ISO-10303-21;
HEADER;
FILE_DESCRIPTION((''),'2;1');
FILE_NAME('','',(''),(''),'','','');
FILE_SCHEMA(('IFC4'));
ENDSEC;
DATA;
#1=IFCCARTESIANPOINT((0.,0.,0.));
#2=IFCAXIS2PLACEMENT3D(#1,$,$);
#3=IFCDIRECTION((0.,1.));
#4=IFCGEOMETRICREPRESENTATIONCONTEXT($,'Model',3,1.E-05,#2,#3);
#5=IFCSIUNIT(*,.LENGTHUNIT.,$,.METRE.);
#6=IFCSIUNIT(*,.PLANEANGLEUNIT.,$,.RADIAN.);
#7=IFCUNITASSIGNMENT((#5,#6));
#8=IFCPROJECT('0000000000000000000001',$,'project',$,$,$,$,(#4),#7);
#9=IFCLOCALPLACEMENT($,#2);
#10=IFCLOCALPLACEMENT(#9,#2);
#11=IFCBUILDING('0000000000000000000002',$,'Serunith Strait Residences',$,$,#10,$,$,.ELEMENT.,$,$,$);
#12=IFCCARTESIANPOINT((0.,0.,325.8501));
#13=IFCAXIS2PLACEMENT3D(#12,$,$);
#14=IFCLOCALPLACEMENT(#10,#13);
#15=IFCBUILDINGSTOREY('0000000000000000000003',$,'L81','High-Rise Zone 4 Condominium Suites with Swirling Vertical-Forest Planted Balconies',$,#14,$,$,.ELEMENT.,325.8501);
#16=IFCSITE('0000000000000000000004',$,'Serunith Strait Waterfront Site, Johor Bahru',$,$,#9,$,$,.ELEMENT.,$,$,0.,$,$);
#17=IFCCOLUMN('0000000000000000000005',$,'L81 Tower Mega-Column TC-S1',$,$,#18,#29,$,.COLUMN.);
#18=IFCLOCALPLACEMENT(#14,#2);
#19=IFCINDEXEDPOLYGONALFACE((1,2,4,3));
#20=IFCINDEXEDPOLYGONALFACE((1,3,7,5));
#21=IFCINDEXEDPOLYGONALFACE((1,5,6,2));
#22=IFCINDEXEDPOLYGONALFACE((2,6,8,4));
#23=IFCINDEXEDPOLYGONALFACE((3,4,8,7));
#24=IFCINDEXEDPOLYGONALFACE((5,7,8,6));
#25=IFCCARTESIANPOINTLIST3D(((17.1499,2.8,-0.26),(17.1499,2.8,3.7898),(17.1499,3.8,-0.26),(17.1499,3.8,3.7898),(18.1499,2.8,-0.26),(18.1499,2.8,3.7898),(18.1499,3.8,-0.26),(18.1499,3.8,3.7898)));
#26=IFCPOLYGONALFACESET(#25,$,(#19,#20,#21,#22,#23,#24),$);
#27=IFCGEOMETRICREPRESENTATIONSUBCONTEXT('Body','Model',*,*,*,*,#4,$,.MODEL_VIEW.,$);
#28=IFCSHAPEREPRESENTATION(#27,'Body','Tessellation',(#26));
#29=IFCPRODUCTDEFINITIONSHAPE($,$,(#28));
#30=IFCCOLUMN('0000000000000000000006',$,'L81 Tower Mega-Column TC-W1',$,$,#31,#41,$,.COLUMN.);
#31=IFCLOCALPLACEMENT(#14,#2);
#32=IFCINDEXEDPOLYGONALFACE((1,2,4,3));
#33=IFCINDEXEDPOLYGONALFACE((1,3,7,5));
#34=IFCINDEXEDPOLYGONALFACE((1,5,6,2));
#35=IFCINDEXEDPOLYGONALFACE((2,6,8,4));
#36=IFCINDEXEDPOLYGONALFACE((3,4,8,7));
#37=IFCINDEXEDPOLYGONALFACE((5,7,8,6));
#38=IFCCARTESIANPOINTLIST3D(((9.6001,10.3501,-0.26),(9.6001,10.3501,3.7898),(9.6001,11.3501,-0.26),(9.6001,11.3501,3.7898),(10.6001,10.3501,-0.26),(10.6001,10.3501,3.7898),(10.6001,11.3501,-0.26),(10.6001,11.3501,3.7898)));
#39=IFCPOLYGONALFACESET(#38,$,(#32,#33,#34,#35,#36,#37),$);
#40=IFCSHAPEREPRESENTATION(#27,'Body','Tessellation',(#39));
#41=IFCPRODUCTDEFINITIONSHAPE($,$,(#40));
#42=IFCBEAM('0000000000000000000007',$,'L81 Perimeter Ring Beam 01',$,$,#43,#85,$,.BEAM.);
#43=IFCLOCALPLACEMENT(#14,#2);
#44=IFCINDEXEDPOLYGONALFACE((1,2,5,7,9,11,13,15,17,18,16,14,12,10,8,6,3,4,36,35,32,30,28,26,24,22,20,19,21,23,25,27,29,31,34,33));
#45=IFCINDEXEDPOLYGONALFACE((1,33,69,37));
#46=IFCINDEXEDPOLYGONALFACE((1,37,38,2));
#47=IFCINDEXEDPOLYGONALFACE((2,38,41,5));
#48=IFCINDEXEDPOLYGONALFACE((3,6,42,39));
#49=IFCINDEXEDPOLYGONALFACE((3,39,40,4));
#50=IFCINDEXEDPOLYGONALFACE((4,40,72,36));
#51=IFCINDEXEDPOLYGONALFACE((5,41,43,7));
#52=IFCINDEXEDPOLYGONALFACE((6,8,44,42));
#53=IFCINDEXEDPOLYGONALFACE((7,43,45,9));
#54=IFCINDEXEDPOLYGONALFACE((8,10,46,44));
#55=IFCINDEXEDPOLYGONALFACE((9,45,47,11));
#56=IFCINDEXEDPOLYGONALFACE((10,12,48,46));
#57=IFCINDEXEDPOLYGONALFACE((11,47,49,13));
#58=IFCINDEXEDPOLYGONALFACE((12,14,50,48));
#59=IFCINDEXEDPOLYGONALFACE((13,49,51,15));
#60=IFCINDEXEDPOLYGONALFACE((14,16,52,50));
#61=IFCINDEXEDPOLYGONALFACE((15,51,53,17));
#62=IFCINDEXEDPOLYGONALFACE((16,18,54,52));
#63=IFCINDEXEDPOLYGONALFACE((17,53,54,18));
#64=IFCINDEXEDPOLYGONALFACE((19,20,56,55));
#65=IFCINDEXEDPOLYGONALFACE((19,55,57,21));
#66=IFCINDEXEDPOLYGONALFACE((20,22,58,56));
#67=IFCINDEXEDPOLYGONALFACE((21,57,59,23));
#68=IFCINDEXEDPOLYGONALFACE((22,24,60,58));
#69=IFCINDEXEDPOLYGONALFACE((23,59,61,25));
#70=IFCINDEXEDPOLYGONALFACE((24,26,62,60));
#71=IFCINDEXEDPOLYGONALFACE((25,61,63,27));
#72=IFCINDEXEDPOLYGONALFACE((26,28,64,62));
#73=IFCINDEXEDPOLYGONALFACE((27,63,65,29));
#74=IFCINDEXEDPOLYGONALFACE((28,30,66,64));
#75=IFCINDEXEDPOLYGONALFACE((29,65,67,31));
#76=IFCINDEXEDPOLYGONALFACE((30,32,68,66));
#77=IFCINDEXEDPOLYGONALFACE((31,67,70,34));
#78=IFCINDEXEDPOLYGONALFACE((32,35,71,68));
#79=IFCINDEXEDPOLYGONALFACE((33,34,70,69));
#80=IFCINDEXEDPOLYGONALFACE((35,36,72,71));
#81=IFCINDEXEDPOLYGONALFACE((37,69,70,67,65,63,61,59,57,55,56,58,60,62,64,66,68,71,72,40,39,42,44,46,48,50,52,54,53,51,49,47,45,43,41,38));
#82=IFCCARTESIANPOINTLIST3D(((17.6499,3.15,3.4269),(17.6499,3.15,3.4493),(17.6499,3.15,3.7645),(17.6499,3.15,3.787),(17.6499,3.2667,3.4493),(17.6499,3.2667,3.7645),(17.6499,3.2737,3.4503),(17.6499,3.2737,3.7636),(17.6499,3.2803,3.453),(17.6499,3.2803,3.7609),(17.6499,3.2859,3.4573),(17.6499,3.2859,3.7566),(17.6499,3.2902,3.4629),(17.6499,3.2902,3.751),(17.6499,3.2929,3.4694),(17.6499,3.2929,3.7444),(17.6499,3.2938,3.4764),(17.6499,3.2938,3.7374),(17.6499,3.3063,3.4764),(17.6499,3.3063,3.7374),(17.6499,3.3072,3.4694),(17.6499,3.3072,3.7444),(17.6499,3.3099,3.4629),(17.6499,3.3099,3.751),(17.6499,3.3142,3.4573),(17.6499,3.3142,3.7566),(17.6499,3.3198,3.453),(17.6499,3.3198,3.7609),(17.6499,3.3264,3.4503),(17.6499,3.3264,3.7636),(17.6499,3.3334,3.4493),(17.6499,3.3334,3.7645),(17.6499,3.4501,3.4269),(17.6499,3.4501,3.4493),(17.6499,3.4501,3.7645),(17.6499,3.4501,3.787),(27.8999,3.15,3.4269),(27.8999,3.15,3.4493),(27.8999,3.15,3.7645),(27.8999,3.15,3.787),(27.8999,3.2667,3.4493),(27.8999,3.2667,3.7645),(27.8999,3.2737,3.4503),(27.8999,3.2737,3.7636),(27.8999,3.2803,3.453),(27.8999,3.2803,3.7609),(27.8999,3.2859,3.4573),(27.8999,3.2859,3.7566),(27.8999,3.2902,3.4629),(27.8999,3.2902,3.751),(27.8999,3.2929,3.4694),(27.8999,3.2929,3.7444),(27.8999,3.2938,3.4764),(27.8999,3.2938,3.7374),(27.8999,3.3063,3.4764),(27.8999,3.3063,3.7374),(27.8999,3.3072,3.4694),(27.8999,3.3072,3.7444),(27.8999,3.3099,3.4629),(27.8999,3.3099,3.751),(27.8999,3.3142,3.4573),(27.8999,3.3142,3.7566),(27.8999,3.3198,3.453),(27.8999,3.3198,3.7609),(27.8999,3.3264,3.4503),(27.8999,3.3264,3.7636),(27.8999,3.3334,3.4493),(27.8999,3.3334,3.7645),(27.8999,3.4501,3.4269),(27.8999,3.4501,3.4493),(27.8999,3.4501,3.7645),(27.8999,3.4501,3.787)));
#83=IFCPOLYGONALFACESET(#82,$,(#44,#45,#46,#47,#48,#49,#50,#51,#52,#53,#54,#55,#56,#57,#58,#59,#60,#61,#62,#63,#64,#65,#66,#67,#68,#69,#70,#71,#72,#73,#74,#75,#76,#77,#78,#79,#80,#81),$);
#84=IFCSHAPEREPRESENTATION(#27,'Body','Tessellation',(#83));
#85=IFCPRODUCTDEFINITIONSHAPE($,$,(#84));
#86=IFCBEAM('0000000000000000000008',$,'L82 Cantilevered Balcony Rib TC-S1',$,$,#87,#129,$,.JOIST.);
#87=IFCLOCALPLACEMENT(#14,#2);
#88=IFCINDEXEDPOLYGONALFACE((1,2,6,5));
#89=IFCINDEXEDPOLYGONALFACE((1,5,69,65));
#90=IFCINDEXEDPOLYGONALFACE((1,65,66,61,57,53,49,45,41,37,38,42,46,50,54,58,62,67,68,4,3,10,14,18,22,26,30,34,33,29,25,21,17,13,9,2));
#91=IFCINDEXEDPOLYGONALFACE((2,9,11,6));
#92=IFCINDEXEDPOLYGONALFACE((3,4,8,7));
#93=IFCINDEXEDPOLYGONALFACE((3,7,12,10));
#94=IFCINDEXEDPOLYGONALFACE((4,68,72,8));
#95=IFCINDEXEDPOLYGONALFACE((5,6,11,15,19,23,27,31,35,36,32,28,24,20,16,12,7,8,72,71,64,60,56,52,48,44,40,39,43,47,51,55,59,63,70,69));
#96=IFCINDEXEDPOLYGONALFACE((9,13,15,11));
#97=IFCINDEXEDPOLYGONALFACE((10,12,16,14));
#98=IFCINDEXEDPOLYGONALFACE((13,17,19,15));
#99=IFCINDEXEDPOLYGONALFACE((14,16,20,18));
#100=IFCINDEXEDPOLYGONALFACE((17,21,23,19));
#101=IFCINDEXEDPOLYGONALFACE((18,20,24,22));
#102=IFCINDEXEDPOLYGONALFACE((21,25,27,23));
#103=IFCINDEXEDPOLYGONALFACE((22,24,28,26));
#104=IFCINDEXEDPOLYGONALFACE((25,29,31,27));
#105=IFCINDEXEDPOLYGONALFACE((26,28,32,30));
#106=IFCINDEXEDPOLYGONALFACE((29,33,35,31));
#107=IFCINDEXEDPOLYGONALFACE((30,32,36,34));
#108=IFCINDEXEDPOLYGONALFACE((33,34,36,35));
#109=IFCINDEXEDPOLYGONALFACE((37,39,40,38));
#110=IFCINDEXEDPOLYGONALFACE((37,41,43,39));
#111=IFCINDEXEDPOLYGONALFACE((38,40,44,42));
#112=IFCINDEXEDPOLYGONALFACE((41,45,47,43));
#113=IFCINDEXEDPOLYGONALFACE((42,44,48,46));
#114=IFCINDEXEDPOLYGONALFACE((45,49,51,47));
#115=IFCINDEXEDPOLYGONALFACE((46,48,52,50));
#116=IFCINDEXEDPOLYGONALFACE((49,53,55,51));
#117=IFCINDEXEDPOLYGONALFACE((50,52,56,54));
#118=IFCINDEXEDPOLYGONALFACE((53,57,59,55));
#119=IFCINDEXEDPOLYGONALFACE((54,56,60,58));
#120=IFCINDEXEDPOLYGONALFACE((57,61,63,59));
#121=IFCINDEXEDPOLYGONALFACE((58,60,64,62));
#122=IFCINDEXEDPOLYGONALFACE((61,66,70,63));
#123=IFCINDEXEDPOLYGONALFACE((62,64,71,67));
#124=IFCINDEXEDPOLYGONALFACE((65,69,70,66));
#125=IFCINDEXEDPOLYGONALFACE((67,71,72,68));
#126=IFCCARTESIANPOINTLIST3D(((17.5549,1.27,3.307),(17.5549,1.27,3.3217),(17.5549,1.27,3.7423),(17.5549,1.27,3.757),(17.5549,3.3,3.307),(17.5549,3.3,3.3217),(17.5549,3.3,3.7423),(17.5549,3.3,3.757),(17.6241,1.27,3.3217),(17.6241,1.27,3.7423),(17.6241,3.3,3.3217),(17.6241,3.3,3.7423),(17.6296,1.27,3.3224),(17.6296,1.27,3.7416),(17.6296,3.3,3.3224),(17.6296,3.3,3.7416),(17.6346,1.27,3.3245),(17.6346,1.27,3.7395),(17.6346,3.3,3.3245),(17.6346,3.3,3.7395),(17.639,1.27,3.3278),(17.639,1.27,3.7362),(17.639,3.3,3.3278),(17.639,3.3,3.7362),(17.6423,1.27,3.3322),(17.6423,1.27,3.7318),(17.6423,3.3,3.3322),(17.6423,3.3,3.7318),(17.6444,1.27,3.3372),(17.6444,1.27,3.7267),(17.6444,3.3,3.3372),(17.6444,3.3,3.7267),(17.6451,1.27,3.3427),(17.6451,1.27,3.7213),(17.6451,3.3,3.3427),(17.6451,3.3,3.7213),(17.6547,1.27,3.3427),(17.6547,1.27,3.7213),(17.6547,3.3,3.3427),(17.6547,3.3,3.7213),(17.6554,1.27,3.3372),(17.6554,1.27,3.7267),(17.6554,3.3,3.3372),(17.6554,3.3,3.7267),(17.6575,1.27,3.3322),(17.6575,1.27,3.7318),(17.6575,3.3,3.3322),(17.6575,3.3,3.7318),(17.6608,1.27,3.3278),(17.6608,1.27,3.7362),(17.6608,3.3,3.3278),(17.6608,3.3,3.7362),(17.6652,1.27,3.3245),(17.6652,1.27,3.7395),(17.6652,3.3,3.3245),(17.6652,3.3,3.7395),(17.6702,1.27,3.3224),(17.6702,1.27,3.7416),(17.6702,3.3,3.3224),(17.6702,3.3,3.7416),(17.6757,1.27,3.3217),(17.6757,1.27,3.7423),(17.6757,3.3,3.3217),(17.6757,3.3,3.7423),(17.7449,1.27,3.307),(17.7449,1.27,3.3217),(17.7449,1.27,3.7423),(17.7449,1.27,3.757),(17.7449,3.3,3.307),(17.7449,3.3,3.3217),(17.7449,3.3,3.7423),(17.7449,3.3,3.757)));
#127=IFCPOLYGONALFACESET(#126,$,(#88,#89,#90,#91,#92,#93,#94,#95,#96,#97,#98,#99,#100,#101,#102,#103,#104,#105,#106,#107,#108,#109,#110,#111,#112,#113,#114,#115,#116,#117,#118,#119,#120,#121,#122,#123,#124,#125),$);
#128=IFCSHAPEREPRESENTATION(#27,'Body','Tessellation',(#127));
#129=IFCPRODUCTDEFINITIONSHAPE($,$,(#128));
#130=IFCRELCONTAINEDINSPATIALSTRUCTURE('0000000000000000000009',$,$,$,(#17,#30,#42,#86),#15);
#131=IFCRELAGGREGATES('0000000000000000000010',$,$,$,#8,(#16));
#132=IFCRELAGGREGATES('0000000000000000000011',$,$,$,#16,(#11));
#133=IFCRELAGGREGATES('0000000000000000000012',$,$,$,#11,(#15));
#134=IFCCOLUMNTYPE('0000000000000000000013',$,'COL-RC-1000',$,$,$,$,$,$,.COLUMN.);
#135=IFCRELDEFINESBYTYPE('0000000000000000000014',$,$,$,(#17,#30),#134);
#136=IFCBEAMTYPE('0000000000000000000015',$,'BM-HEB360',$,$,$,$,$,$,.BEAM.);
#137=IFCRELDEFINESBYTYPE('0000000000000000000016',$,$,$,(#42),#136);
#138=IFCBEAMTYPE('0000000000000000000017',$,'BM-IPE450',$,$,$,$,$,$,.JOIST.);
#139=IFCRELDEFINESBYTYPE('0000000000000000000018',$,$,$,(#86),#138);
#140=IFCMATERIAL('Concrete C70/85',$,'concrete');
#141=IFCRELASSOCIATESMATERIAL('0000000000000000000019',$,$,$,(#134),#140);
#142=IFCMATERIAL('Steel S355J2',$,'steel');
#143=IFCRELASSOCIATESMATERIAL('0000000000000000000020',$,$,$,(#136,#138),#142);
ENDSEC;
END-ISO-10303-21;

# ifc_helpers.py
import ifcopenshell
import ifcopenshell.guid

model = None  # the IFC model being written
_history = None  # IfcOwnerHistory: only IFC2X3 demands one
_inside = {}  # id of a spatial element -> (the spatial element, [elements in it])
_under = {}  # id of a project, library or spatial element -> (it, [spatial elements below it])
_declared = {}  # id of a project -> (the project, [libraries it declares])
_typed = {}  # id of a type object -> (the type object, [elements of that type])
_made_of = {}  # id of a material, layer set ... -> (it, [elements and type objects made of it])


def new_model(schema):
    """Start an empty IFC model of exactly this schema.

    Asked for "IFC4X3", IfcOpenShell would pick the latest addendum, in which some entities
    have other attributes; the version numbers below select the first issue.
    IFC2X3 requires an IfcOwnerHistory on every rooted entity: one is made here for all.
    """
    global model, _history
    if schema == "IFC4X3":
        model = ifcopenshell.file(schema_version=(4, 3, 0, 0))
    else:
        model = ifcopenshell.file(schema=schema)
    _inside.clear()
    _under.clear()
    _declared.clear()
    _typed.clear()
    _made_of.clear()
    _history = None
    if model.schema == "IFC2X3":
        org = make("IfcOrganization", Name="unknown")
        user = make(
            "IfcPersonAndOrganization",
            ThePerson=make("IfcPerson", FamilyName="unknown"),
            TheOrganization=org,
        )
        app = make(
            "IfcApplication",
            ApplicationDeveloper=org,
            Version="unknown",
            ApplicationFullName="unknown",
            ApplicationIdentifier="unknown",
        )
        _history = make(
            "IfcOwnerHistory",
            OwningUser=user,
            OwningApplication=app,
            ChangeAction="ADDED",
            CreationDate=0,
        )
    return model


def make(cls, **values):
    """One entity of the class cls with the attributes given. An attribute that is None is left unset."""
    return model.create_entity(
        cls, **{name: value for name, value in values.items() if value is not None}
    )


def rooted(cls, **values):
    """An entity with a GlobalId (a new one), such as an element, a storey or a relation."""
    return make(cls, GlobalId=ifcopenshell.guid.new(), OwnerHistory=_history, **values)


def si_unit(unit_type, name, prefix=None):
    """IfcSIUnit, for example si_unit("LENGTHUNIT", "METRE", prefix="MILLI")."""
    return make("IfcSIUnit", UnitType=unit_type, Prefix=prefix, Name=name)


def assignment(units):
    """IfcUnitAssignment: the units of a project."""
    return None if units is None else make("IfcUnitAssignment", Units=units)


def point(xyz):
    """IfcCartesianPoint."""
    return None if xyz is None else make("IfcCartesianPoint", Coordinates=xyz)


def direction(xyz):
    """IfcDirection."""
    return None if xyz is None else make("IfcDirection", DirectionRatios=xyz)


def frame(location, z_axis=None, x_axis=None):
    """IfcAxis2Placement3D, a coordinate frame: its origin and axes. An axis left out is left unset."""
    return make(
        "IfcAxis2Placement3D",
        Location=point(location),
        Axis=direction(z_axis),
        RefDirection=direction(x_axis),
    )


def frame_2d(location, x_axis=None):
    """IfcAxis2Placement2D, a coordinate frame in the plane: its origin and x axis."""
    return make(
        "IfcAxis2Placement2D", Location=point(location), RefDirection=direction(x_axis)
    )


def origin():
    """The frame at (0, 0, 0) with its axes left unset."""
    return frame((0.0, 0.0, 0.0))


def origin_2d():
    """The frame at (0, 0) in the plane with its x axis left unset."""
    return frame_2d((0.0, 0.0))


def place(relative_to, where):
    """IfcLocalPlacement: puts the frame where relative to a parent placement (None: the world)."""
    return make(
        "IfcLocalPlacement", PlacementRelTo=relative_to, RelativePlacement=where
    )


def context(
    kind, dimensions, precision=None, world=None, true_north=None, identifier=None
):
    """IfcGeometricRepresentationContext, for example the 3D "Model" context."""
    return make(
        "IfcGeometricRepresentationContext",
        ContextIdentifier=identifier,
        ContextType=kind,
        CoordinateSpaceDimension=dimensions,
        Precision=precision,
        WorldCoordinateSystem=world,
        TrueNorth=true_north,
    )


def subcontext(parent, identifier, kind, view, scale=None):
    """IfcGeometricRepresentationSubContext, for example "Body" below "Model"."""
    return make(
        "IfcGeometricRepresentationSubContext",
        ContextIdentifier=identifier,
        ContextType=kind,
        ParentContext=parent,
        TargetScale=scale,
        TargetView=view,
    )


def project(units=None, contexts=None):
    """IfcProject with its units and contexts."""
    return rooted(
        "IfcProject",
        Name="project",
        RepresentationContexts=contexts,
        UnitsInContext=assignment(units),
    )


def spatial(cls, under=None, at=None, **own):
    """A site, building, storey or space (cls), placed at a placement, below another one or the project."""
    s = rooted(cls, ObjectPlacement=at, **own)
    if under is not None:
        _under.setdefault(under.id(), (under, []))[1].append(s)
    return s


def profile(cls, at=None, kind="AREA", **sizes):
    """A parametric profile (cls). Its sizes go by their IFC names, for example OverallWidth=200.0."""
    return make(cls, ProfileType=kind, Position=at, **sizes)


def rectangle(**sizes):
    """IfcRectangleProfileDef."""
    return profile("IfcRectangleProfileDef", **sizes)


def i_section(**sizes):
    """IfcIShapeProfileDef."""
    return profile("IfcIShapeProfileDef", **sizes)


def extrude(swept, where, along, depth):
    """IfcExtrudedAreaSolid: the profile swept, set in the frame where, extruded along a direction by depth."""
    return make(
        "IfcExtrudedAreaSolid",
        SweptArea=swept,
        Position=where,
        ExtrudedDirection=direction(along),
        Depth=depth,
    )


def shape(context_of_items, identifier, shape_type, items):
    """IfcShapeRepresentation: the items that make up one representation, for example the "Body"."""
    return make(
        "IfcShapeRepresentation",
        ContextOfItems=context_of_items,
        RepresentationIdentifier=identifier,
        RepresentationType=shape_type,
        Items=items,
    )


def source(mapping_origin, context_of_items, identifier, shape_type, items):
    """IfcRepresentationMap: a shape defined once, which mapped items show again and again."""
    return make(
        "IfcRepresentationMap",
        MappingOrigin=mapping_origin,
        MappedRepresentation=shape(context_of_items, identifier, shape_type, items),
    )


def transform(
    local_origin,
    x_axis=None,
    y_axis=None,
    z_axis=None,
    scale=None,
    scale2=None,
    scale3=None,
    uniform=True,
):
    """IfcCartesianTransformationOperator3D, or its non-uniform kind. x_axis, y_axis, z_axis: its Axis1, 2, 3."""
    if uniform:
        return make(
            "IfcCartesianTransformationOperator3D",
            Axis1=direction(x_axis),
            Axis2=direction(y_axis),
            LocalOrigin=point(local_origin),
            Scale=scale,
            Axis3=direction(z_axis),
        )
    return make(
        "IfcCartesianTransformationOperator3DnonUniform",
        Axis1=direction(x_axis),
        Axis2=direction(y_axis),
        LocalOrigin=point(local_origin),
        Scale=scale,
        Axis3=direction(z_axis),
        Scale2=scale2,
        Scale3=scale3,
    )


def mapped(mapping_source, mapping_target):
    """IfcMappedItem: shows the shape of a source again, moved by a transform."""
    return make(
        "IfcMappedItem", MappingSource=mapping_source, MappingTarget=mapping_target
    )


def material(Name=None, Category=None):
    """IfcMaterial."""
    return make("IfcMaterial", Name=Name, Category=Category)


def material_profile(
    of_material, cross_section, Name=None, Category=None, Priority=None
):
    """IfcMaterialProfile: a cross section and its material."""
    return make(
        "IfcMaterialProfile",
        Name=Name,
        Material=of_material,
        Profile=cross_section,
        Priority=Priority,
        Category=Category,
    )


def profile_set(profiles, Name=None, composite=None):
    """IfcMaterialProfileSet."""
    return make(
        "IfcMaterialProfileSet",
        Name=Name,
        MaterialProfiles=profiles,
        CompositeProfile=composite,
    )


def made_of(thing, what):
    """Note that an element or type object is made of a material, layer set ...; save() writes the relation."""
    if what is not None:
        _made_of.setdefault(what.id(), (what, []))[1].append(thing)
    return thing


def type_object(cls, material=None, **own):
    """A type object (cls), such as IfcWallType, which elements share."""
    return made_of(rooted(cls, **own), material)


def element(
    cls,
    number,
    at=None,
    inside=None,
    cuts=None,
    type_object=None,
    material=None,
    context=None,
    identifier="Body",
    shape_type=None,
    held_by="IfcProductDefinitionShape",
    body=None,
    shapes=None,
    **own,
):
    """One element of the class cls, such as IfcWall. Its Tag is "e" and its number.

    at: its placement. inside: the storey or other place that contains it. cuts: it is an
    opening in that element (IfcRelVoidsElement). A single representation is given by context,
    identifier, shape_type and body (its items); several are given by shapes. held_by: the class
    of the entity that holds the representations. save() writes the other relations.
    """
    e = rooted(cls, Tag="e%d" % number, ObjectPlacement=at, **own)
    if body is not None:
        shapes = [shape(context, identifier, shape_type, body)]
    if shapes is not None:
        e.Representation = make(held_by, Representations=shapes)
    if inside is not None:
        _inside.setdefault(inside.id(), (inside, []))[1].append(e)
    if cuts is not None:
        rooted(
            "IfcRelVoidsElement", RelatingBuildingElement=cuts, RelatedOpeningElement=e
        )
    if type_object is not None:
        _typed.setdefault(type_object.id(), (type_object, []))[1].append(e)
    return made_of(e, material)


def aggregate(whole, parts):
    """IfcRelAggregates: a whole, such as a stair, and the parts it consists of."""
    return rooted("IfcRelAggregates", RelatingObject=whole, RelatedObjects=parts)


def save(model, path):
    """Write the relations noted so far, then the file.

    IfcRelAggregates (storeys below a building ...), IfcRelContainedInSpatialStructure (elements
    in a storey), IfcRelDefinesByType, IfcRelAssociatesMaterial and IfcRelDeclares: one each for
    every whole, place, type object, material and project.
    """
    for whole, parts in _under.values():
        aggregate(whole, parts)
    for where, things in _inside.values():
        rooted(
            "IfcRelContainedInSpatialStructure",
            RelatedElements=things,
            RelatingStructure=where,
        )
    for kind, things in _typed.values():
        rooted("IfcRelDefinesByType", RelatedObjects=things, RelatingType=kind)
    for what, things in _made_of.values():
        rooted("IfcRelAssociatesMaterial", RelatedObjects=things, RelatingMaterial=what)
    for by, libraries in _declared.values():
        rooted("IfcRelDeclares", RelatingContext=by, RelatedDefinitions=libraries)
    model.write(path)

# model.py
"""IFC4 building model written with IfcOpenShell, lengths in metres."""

from ifc_helpers import new_model, si_unit, direction, frame, origin, origin_2d, place, context, subcontext, project, spatial, rectangle, i_section, extrude, source, transform, mapped, material, material_profile, profile_set, type_object, element, save


model = new_model("IFC4")

# Units and contexts
model_context = context("Model", 3, precision=1e-05, world=origin(), true_north=direction((0.0, 1.0)))
body_context = subcontext(model_context, "Body", "Model", "MODEL_VIEW")
ifc_project = project(units=[si_unit("LENGTHUNIT", "METRE"), si_unit("PLANEANGLEUNIT", "RADIAN")], contexts=[model_context])

# Site, building, storey
site_placement = place(None, origin())
site = spatial("IfcSite", under=ifc_project, at=site_placement, Name="Serunith Strait Waterfront Site, Johor Bahru", CompositionType="ELEMENT", RefElevation=0.0)
building_placement = place(site_placement, origin())
building = spatial("IfcBuilding", under=site, at=building_placement, Name="Serunith Strait Residences", CompositionType="ELEMENT")
storey_placement = place(building_placement, frame((0.0, 0.0, 325.8501)))
storey = spatial("IfcBuildingStorey", under=building, at=storey_placement, Name="L81", Description="High-Rise Zone 4 Condominium Suites with Swirling Vertical-Forest Planted Balconies", CompositionType="ELEMENT", Elevation=325.8501)

# Columns
ifc_material_1 = material(Name="Concrete C70/85", Category="concrete")
ifc_material_profile_1 = material_profile(ifc_material_1, rectangle(XDim=1.0, YDim=1.0, at=origin_2d()), Name="RC 1000x1000")
ifc_profile_set_1 = profile_set([ifc_material_profile_1], Name="Concrete C70/85")
column_type = type_object("IfcColumnType", Name="COL-RC-1000", PredefinedType="COLUMN", material=ifc_profile_set_1)
shared_shape_1 = source(origin(), body_context, "Body", "SweptSolid", [
    extrude(rectangle(XDim=1.0, YDim=1.0, at=origin_2d()), origin(), (0.0, 0.0, 1.0), 4.0498),
])
for number, where, z_axis, x_axis, name in (
    (1, (17.6499, 3.3, -0.26), (0.0, 0.0, 1.0), (1.0, 0.0, 0.0), "L81 Tower Mega-Column TC-S1"),
    (2, (10.1001, 10.8501, -0.26), (0.0, 0.0, 1.0), (1.0, 0.0, 0.0), "L81 Tower Mega-Column TC-W1"),
):
    element("IfcColumn", number, at=place(storey_placement, frame(where, z_axis=z_axis, x_axis=x_axis)), inside=storey, type_object=column_type, Name=name, PredefinedType="COLUMN", context=body_context, shape_type="MappedRepresentation", body=[
        mapped(shared_shape_1, transform((0.0, 0.0, 0.0), scale=1.0)),
    ])

# Beams
ifc_material_2 = material(Name="Steel S355J2", Category="steel")
ifc_material_profile_2 = material_profile(ifc_material_2, i_section(OverallWidth=0.3, OverallDepth=0.3601, WebThickness=0.0125, FlangeThickness=0.0225, FilletRadius=0.0271, at=origin_2d()), Name="HEB 360")
ifc_profile_set_2 = profile_set([ifc_material_profile_2], Name="Steel S355J2")
beam_type_1 = type_object("IfcBeamType", Name="BM-HEB360", PredefinedType="BEAM", material=ifc_profile_set_2)
shared_shape_2 = source(origin(), body_context, "Body", "SweptSolid", [
    extrude(i_section(OverallWidth=0.3, OverallDepth=0.3601, WebThickness=0.0125, FlangeThickness=0.0225, FilletRadius=0.0271, at=origin_2d()), origin(), (0.0, 0.0, 1.0), 10.25),
])
beam_1_placement = place(storey_placement, frame((17.6499, 3.3, 3.6069), z_axis=(1.0, 0.0, 0.0), x_axis=(0.0, 1.0, 0.0)))
element("IfcBeam", 3, at=beam_1_placement, inside=storey, type_object=beam_type_1, Name="L81 Perimeter Ring Beam 01", PredefinedType="BEAM", context=body_context, shape_type="MappedRepresentation", body=[
    mapped(shared_shape_2, transform((0.0, 0.0, 0.0), scale=1.0)),
])
ifc_material_profile_3 = material_profile(ifc_material_2, i_section(OverallWidth=0.1899, OverallDepth=0.45, WebThickness=0.0095, FlangeThickness=0.0146, FilletRadius=0.021, at=origin_2d()), Name="IPE 450")
ifc_profile_set_3 = profile_set([ifc_material_profile_3], Name="Steel S355J2")
beam_type_2 = type_object("IfcBeamType", Name="BM-IPE450", PredefinedType="JOIST", material=ifc_profile_set_3)
shared_shape_3 = source(origin(), body_context, "Body", "SweptSolid", [
    extrude(i_section(OverallWidth=0.1899, OverallDepth=0.45, WebThickness=0.0095, FlangeThickness=0.0146, FilletRadius=0.021, at=origin_2d()), origin(), (0.0, 0.0, 1.0), 2.03),
])
beam_2_placement = place(storey_placement, frame((17.6499, 3.3, 3.532), z_axis=(0.0, -1.0, 0.0), x_axis=(1.0, 0.0, 0.0)))
element("IfcBeam", 4, at=beam_2_placement, inside=storey, type_object=beam_type_2, Name="L82 Cantilevered Balcony Rib TC-S1", PredefinedType="JOIST", context=body_context, shape_type="MappedRepresentation", body=[
    mapped(shared_shape_3, transform((0.0, 0.0, 0.0), scale=1.0)),
])

save(model, "model.ifc")
